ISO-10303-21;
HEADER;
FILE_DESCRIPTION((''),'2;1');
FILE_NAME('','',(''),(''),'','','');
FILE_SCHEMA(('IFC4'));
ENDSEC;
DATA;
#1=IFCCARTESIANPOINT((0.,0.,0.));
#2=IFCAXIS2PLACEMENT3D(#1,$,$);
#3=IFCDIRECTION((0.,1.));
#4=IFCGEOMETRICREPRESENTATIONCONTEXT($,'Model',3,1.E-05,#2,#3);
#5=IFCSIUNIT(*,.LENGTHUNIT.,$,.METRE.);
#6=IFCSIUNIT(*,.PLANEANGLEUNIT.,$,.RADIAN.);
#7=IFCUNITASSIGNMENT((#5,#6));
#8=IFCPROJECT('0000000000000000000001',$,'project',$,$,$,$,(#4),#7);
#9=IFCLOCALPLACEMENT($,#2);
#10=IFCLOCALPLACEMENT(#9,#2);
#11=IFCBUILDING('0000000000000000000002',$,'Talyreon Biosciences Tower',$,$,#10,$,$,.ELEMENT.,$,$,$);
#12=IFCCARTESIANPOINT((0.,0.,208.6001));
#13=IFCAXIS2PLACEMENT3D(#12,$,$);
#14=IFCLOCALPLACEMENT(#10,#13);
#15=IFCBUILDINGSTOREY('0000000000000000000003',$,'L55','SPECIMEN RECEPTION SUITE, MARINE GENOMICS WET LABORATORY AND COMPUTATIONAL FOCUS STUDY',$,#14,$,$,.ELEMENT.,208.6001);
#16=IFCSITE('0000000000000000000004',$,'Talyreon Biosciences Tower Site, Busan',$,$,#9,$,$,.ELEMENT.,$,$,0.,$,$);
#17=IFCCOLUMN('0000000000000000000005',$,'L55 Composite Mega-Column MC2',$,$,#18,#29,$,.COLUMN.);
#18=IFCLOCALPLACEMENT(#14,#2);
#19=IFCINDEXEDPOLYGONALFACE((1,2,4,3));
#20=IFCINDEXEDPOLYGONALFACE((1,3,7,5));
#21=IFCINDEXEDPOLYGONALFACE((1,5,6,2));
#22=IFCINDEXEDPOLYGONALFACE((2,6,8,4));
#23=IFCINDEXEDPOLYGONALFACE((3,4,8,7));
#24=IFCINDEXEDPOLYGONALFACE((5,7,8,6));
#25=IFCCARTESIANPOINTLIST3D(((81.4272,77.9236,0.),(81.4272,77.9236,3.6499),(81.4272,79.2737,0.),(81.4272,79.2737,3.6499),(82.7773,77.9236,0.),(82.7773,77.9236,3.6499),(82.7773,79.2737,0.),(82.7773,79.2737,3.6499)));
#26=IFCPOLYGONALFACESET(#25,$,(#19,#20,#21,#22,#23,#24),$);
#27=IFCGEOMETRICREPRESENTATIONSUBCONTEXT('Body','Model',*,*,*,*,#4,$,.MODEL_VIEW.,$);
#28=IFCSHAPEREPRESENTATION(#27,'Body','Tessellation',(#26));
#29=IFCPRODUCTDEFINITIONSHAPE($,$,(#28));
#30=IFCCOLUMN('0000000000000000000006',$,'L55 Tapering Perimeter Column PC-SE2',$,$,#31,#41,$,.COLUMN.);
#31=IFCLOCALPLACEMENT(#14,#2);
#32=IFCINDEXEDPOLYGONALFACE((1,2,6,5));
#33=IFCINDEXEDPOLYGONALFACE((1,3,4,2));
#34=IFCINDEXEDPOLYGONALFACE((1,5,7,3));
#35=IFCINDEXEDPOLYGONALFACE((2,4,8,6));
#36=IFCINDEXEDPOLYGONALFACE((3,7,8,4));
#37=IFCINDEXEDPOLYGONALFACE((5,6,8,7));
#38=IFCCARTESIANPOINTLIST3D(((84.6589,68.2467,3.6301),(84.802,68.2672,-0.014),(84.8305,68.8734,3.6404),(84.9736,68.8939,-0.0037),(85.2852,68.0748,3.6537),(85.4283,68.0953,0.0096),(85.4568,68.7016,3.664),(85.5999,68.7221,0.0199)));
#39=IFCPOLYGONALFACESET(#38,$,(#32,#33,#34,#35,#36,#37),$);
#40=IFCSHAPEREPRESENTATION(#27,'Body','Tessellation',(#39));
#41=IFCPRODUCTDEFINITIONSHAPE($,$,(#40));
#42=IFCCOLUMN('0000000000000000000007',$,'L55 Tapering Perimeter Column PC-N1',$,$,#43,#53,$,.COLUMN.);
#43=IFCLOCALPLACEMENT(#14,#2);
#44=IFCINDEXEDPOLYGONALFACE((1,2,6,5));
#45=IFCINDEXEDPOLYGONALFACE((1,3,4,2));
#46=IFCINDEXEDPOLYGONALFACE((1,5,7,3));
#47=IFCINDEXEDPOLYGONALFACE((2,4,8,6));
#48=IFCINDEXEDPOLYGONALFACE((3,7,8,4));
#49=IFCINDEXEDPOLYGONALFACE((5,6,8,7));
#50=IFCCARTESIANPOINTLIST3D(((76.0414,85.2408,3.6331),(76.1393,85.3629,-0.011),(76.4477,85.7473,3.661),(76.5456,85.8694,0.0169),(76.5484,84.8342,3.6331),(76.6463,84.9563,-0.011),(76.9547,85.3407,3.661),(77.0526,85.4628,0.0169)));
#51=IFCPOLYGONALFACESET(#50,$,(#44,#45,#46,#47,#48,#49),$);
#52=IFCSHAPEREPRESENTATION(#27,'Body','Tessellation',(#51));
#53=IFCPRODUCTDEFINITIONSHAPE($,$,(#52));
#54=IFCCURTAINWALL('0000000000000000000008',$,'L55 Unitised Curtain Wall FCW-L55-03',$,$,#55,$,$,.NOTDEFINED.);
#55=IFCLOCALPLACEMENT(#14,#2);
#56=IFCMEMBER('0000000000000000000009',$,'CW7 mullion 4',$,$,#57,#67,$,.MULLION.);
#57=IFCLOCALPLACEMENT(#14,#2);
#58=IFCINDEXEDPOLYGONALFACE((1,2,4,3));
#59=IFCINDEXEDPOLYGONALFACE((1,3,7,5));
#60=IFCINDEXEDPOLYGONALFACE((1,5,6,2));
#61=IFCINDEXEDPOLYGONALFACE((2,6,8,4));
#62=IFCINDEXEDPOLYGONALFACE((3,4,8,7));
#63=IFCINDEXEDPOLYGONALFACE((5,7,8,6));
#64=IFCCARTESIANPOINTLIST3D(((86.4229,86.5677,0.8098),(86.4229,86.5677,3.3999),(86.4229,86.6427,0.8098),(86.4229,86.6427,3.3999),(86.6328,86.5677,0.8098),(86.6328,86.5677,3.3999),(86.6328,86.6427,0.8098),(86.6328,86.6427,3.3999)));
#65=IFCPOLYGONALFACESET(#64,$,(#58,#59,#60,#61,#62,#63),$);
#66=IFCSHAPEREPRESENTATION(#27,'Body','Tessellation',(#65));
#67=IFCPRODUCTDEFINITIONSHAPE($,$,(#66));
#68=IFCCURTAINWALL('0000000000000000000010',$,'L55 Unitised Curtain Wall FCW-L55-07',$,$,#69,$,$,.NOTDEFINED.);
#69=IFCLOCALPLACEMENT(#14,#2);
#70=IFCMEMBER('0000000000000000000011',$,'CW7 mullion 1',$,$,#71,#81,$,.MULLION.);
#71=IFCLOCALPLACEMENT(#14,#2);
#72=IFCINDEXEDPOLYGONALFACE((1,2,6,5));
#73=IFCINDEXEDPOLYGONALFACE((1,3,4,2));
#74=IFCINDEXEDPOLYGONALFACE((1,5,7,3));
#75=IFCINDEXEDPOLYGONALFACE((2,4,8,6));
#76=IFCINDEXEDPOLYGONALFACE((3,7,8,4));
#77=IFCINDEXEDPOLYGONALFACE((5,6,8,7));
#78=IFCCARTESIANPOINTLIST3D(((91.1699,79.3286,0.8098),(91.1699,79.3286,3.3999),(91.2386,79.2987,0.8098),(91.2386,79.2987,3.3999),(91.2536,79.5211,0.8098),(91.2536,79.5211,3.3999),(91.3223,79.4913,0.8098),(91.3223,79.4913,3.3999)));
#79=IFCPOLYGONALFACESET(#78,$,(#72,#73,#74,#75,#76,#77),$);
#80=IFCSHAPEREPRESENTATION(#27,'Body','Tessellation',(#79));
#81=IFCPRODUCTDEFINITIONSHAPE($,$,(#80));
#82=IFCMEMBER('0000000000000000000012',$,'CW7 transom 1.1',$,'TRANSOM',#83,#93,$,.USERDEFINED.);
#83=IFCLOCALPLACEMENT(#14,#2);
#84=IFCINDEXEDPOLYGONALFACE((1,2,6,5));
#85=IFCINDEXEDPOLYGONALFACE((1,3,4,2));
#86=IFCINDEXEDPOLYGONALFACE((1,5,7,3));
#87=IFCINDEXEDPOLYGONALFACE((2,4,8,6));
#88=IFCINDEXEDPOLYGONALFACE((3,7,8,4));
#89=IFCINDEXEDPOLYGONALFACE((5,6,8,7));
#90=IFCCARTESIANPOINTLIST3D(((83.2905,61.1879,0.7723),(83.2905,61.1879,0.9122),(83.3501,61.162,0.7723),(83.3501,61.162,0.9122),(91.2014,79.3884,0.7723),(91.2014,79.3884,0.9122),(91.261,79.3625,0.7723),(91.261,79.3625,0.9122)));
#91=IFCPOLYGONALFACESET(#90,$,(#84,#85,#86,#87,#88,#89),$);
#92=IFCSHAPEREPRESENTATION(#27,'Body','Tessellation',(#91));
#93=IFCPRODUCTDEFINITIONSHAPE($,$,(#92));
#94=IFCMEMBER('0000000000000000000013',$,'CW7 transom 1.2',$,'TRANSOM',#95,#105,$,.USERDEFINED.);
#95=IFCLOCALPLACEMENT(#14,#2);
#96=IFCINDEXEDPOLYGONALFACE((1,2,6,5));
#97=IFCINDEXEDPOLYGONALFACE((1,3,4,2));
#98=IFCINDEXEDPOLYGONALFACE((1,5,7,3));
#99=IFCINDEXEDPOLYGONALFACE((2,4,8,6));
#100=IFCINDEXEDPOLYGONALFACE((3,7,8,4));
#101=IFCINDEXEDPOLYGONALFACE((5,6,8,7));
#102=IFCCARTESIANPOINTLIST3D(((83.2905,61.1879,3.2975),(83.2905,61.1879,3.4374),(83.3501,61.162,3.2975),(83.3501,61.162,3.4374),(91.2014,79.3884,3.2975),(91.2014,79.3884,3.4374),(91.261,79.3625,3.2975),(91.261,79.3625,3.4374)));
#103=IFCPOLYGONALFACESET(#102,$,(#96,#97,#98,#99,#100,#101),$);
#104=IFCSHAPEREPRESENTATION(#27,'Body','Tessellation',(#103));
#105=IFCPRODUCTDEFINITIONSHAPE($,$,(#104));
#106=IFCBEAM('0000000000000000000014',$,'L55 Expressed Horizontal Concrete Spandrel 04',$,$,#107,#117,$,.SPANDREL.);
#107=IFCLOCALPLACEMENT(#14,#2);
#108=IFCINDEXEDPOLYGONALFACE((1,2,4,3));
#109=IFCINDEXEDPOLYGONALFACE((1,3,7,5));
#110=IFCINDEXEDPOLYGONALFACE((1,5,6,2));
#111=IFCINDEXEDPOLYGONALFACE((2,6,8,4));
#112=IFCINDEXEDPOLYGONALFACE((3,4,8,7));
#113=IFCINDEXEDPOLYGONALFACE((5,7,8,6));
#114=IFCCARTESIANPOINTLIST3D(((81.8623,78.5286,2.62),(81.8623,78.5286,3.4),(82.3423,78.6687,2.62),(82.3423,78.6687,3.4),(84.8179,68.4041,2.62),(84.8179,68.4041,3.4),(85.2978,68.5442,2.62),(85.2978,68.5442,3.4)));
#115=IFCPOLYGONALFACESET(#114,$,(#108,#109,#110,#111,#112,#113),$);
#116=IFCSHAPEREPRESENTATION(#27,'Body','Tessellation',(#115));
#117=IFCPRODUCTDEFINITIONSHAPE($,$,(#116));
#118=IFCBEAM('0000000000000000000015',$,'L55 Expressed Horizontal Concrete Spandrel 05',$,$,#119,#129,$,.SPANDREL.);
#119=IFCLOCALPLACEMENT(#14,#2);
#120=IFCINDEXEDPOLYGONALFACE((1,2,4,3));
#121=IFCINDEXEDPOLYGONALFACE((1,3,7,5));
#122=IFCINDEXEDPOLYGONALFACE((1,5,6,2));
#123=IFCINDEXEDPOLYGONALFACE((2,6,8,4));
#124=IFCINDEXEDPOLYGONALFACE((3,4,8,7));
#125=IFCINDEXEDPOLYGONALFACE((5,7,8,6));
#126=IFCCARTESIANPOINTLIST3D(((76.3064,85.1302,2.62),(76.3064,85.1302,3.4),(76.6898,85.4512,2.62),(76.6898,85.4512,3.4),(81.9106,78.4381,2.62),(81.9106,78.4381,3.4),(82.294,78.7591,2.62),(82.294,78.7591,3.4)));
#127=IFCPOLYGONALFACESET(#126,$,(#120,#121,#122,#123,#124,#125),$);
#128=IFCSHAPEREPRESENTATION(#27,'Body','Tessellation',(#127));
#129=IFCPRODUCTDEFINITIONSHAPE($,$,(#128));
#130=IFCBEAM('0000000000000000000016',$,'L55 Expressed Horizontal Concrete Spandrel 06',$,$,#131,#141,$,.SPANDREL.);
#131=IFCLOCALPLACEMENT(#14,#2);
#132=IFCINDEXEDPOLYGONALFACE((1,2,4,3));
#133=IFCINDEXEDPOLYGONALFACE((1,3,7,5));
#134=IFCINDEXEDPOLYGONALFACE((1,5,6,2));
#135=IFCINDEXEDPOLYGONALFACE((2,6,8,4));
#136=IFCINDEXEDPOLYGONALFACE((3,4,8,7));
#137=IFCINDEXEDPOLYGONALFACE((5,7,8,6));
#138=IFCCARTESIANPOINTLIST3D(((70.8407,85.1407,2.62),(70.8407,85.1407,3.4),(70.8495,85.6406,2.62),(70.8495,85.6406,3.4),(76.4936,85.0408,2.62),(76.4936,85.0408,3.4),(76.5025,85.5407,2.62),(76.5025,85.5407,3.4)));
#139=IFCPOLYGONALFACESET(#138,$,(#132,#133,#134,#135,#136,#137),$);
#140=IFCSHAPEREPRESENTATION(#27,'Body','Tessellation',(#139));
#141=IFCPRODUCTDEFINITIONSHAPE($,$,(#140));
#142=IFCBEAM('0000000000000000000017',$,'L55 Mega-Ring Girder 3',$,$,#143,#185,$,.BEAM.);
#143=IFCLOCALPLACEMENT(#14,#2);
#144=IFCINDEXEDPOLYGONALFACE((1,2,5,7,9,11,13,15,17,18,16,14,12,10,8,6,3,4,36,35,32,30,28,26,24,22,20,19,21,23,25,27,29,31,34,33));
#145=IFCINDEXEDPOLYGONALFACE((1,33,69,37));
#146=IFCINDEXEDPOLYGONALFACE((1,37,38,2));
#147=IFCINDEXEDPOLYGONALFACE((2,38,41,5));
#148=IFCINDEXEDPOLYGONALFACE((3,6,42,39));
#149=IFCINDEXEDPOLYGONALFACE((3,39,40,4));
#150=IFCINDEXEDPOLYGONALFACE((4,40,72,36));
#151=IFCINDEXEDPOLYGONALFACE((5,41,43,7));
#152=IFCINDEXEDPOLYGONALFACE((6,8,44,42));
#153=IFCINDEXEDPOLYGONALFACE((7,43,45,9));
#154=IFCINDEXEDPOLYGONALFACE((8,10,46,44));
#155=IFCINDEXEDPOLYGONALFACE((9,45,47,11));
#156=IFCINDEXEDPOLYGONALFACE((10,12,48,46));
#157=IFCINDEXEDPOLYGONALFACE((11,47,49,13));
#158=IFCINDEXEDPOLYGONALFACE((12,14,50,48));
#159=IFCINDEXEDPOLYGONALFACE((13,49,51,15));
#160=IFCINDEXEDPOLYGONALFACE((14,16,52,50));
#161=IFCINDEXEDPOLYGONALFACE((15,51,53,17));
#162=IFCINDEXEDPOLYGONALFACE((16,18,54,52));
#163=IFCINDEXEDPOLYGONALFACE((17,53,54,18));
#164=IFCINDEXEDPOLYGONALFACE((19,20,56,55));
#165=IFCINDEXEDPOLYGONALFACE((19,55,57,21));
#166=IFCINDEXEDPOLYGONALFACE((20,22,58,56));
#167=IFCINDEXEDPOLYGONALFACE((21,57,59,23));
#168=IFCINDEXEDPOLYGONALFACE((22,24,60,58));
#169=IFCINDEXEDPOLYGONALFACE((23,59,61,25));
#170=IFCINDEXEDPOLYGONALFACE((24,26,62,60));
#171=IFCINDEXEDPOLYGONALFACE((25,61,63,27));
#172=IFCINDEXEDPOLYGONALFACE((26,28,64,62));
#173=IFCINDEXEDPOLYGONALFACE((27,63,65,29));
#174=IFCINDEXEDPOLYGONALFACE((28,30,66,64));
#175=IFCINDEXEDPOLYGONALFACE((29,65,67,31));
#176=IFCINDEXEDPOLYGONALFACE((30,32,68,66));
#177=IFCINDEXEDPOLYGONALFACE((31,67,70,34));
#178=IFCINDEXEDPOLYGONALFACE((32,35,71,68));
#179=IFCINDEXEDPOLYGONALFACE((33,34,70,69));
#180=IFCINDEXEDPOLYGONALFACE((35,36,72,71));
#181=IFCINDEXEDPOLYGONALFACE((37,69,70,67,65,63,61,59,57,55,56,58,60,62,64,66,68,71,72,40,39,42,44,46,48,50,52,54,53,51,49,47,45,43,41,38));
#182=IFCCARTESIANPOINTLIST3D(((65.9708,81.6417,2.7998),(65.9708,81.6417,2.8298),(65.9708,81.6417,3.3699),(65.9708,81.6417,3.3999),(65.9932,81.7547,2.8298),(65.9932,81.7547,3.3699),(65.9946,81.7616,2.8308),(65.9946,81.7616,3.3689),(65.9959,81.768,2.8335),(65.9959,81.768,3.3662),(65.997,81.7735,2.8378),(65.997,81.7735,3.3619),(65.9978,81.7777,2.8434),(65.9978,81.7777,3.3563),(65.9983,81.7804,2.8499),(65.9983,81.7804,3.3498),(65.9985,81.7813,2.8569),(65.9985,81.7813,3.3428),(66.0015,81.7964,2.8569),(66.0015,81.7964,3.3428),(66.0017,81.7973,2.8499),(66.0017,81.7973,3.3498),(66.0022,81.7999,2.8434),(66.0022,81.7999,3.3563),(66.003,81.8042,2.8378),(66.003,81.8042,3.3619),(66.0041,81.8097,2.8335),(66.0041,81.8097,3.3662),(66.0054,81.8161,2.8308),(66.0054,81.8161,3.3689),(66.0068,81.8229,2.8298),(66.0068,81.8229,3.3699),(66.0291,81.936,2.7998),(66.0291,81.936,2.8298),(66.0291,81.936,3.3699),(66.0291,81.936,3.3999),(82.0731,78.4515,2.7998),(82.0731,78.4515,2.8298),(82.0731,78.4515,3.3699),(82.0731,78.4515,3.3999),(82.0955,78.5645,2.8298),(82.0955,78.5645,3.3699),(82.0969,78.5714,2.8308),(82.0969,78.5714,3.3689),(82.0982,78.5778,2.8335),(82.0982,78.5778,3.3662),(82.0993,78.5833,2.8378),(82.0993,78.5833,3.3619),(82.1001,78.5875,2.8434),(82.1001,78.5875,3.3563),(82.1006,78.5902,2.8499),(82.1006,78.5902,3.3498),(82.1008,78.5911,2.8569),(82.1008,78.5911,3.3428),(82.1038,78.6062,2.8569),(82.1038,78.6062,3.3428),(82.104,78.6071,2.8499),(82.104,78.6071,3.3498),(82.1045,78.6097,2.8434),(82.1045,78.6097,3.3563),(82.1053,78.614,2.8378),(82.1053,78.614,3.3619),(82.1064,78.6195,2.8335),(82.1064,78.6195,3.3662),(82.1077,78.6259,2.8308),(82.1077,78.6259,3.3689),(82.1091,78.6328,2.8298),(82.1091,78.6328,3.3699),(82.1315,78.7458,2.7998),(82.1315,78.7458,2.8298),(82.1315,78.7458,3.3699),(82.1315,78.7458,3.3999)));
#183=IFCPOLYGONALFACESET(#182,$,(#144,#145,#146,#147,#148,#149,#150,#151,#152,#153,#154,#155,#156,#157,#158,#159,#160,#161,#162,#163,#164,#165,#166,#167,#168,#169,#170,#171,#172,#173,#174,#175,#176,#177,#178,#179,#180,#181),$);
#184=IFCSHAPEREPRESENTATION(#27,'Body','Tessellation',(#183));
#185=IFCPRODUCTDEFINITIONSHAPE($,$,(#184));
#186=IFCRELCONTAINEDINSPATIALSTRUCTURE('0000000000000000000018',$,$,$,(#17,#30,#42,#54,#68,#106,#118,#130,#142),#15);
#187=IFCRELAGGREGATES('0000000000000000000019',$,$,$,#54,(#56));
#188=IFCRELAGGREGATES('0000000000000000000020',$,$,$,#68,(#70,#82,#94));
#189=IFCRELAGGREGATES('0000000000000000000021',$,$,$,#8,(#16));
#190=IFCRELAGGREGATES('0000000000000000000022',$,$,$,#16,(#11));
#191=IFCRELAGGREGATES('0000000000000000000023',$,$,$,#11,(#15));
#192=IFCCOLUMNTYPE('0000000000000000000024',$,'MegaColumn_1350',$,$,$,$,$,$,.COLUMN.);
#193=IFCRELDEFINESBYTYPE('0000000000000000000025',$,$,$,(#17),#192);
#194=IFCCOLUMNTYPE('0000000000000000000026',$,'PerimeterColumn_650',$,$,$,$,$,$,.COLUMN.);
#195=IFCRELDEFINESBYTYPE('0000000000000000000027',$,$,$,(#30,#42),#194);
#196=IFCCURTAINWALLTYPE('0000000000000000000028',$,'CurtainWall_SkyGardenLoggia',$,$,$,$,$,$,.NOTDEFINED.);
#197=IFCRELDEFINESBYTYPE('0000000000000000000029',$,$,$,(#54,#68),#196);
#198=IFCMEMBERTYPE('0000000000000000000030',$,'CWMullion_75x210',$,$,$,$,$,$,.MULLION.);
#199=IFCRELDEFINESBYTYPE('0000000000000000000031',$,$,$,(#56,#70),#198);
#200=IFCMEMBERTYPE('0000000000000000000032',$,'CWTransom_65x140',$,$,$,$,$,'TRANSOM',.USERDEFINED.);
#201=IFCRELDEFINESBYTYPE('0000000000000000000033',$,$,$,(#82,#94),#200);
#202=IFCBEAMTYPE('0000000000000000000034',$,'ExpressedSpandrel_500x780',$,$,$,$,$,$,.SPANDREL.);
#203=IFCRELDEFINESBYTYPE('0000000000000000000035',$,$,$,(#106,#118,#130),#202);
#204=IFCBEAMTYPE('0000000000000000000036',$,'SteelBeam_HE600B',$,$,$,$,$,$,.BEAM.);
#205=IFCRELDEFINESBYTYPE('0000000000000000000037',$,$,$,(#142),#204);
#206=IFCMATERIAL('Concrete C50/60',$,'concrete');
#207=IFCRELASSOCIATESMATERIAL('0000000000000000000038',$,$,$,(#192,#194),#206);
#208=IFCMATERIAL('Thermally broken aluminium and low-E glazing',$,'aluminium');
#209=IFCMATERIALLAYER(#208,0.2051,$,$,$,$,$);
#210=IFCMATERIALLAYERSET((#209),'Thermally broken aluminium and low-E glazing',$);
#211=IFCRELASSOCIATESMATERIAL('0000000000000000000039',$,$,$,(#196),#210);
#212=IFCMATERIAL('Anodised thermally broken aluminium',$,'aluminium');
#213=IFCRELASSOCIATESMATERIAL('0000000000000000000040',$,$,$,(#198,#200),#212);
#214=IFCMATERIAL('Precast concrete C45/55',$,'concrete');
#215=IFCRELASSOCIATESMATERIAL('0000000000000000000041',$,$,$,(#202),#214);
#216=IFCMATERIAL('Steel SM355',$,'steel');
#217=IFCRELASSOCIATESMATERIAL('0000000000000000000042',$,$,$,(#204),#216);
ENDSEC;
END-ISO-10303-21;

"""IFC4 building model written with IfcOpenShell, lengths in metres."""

from ifc_helpers import new_model, si_unit, direction, frame, origin, origin_2d, place, context, subcontext, project, spatial, rectangle, i_section, extrude, material, layer, layer_set, material_profile, profile_set, type_object, element, aggregate, save


model = new_model("IFC4")

# Units and contexts
model_context = context("Model", 3, precision=1e-05, world=origin(), true_north=direction((0.0, 1.0)))
body_context = subcontext(model_context, "Body", "Model", "MODEL_VIEW")
ifc_project = project(units=[si_unit("LENGTHUNIT", "METRE"), si_unit("PLANEANGLEUNIT", "RADIAN")], contexts=[model_context])

# Site, building, storey
site_placement = place(None, origin())
site = spatial("IfcSite", under=ifc_project, at=site_placement, Name="Talyreon Biosciences Tower Site, Busan", CompositionType="ELEMENT", RefElevation=0.0)
building_placement = place(site_placement, origin())
building = spatial("IfcBuilding", under=site, at=building_placement, Name="Talyreon Biosciences Tower", CompositionType="ELEMENT")
storey_placement = place(building_placement, frame((0.0, 0.0, 208.6001)))
storey = spatial("IfcBuildingStorey", under=building, at=storey_placement, Name="L55", Description="SPECIMEN RECEPTION SUITE, MARINE GENOMICS WET LABORATORY AND COMPUTATIONAL FOCUS STUDY", CompositionType="ELEMENT", Elevation=208.6001)

# Columns
ifc_material_1 = material(Name="Concrete C50/60", Category="concrete")
ifc_material_profile_1 = material_profile(ifc_material_1, rectangle(XDim=1.3501, YDim=1.3501, at=origin_2d()), Name="RC 1350x1350")
ifc_profile_set_1 = profile_set([ifc_material_profile_1], Name="Concrete C50/60")
column_type_1 = type_object("IfcColumnType", Name="MegaColumn_1350", PredefinedType="COLUMN", material=ifc_profile_set_1)
column_1_placement = place(storey_placement, frame((82.1023, 78.5986, 0.0), z_axis=(0.0, 0.0, 1.0), x_axis=(1.0, 0.0, 0.0)))
element("IfcColumn", 1, at=column_1_placement, inside=storey, type_object=column_type_1, Name="L55 Composite Mega-Column MC2", PredefinedType="COLUMN", context=body_context, shape_type="SweptSolid", body=[
    extrude(rectangle(XDim=1.3501, YDim=1.3501, at=origin_2d()), origin(), (0.0, 0.0, 1.0), 3.6499),
])
ifc_material_profile_2 = material_profile(ifc_material_1, rectangle(XDim=0.6499, YDim=0.6499, at=origin_2d()), Name="RC 650x650")
ifc_profile_set_2 = profile_set([ifc_material_profile_2], Name="Concrete C50/60")
column_type_2 = type_object("IfcColumnType", Name="PerimeterColumn_650", PredefinedType="COLUMN", material=ifc_profile_set_2)
column_2_placement = place(storey_placement, frame((85.2009, 68.4946, 0.0029), z_axis=(-0.03923, -0.005623, 0.999214), x_axis=(0.963708, -0.264472, 0.036347)))
element("IfcColumn", 2, at=column_2_placement, inside=storey, type_object=column_type_2, Name="L55 Tapering Perimeter Column PC-SE2", PredefinedType="COLUMN", context=body_context, shape_type="SweptSolid", body=[
    extrude(rectangle(XDim=0.6499, YDim=0.6499, at=origin_2d()), origin(), (0.0, 0.0, 1.0), 3.647),
])
column_3_placement = place(storey_placement, frame((76.5959, 85.4128, 0.0029), z_axis=(-0.026841, -0.033468, 0.999079), x_axis=(-0.780107, 0.625646, 0.0)))
element("IfcColumn", 3, at=column_3_placement, inside=storey, type_object=column_type_2, Name="L55 Tapering Perimeter Column PC-N1", PredefinedType="COLUMN", context=body_context, shape_type="SweptSolid", body=[
    extrude(rectangle(XDim=0.6499, YDim=0.6499, at=origin_2d()), origin(), (0.0, 0.0, 1.0), 3.6475),
])

# Curtain wall, member
ifc_material_2 = material(Name="Thermally broken aluminium and low-E glazing", Category="aluminium")
ifc_layer_1 = layer(ifc_material_2, 0.2051)
ifc_layer_set_1 = layer_set([ifc_layer_1], Name="Thermally broken aluminium and low-E glazing")
curtain_wall_type = type_object("IfcCurtainWallType", Name="CurtainWall_SkyGardenLoggia", PredefinedType="NOTDEFINED", material=ifc_layer_set_1)
curtain_wall_1_placement = place(storey_placement, origin())
curtain_wall_1 = element("IfcCurtainWall", 4, at=curtain_wall_1_placement, inside=storey, type_object=curtain_wall_type, Name="L55 Unitised Curtain Wall FCW-L55-03", PredefinedType="NOTDEFINED")
ifc_material_3 = material(Name="Anodised thermally broken aluminium", Category="aluminium")
ifc_material_profile_3 = material_profile(ifc_material_3, rectangle(XDim=0.075, YDim=0.21, at=origin_2d()), Name="ALUM MULLION 75x210")
ifc_profile_set_3 = profile_set([ifc_material_profile_3], Name="Anodised thermally broken aluminium")
member_type_1 = type_object("IfcMemberType", Name="CWMullion_75x210", PredefinedType="MULLION", material=ifc_profile_set_3)
member_1_placement = place(storey_placement, frame((86.5278, 86.6052, 0.8098), z_axis=(0.0, 0.0, 1.0), x_axis=(0.0, 1.0, 0.0)))
member_1 = element("IfcMember", 5, at=member_1_placement, type_object=member_type_1, Name="CW7 mullion 4", PredefinedType="MULLION", context=body_context, shape_type="SweptSolid", body=[
    extrude(rectangle(XDim=0.075, YDim=0.21, at=origin_2d()), origin(), (0.0, 0.0, 1.0), 2.5901),
])

# Curtain wall, members
curtain_wall_2_placement = place(storey_placement, origin())
curtain_wall_2 = element("IfcCurtainWall", 6, at=curtain_wall_2_placement, inside=storey, type_object=curtain_wall_type, Name="L55 Unitised Curtain Wall FCW-L55-07", PredefinedType="NOTDEFINED")
member_2_placement = place(storey_placement, frame((91.2461, 79.4099, 0.8098), z_axis=(0.0, 0.0, 1.0), x_axis=(0.917113, -0.398628, 0.0)))
member_2 = element("IfcMember", 7, at=member_2_placement, type_object=member_type_1, Name="CW7 mullion 1", PredefinedType="MULLION", context=body_context, shape_type="SweptSolid", body=[
    extrude(rectangle(XDim=0.075, YDim=0.21, at=origin_2d()), origin(), (0.0, 0.0, 1.0), 2.5901),
])
ifc_material_profile_4 = material_profile(ifc_material_3, rectangle(XDim=0.0649, YDim=0.1399, at=origin_2d()), Name="ALUM TRANSOM 65x140")
ifc_profile_set_4 = profile_set([ifc_material_profile_4], Name="Anodised thermally broken aluminium")
member_type_2 = type_object("IfcMemberType", Name="CWTransom_65x140", ElementType="TRANSOM", PredefinedType="USERDEFINED", material=ifc_profile_set_4)
member_3_placement = place(storey_placement, frame((91.2312, 79.3755, 0.8423), z_axis=(-0.398627, -0.917113, 0.0), x_axis=(0.917113, -0.398627, 0.0)))
member_3 = element("IfcMember", 8, at=member_3_placement, type_object=member_type_2, Name="CW7 transom 1.1", ObjectType="TRANSOM", PredefinedType="USERDEFINED", context=body_context, shape_type="SweptSolid", body=[
    extrude(rectangle(XDim=0.0649, YDim=0.1399, at=origin_2d()), origin(), (0.0, 0.0, 1.0), 19.8455),
])
member_4_placement = place(storey_placement, frame((91.2312, 79.3755, 3.3674), z_axis=(-0.398627, -0.917113, 0.0), x_axis=(0.917113, -0.398627, 0.0)))
member_4 = element("IfcMember", 9, at=member_4_placement, type_object=member_type_2, Name="CW7 transom 1.2", ObjectType="TRANSOM", PredefinedType="USERDEFINED", context=body_context, shape_type="SweptSolid", body=[
    extrude(rectangle(XDim=0.0649, YDim=0.1399, at=origin_2d()), origin(), (0.0, 0.0, 1.0), 19.8455),
])

# Beams
ifc_material_4 = material(Name="Precast concrete C45/55", Category="concrete")
ifc_material_profile_5 = material_profile(ifc_material_4, rectangle(XDim=0.5, YDim=0.78, at=origin_2d()), Name="RCB 500x780")
ifc_profile_set_5 = profile_set([ifc_material_profile_5], Name="Precast concrete C45/55")
beam_type_1 = type_object("IfcBeamType", Name="ExpressedSpandrel_500x780", PredefinedType="SPANDREL", material=ifc_profile_set_5)
beam_1_placement = place(storey_placement, frame((85.0579, 68.4741, 3.01), z_axis=(-0.280226, 0.959934, 0.0), x_axis=(-0.959934, -0.280226, 0.0)))
element("IfcBeam", 10, at=beam_1_placement, inside=storey, type_object=beam_type_1, Name="L55 Expressed Horizontal Concrete Spandrel 04", PredefinedType="SPANDREL", context=body_context, shape_type="SweptSolid", body=[
    extrude(rectangle(XDim=0.5, YDim=0.78, at=origin_2d()), origin(), (0.0, 0.0, 1.0), 10.5471),
])
beam_2_placement = place(storey_placement, frame((82.1023, 78.5986, 3.01), z_axis=(-0.64204, 0.766672, 0.0), x_axis=(-0.766672, -0.64204, 0.0)))
element("IfcBeam", 11, at=beam_2_placement, inside=storey, type_object=beam_type_1, Name="L55 Expressed Horizontal Concrete Spandrel 05", PredefinedType="SPANDREL", context=body_context, shape_type="SweptSolid", body=[
    extrude(rectangle(XDim=0.5, YDim=0.78, at=origin_2d()), origin(), (0.0, 0.0, 1.0), 8.7288),
])
beam_3_placement = place(storey_placement, frame((76.498, 85.2908, 3.01), z_axis=(-0.999844, 0.017662, 0.0), x_axis=(-0.017662, -0.999844, 0.0)))
element("IfcBeam", 12, at=beam_3_placement, inside=storey, type_object=beam_type_1, Name="L55 Expressed Horizontal Concrete Spandrel 06", PredefinedType="SPANDREL", context=body_context, shape_type="SweptSolid", body=[
    extrude(rectangle(XDim=0.5, YDim=0.78, at=origin_2d()), origin(), (0.0, 0.0, 1.0), 5.6538),
])
ifc_material_5 = material(Name="Steel SM355", Category="steel")
ifc_material_profile_6 = material_profile(ifc_material_5, i_section(OverallWidth=0.3, OverallDepth=0.6001, WebThickness=0.0154, FlangeThickness=0.03, FilletRadius=0.0271, at=origin_2d()), Name="HE600B")
ifc_profile_set_6 = profile_set([ifc_material_profile_6], Name="Steel SM355")
beam_type_2 = type_object("IfcBeamType", Name="SteelBeam_HE600B", PredefinedType="BEAM", material=ifc_profile_set_6)
beam_4_placement = place(storey_placement, frame((82.1023, 78.5986, 3.0999), z_axis=(-0.980934, 0.194343, 0.0), x_axis=(-0.194343, -0.980934, 0.0)))
element("IfcBeam", 13, at=beam_4_placement, inside=storey, type_object=beam_type_2, Name="L55 Mega-Ring Girder 3", PredefinedType="BEAM", context=body_context, shape_type="SweptSolid", body=[
    extrude(i_section(OverallWidth=0.3, OverallDepth=0.6001, WebThickness=0.0154, FlangeThickness=0.03, FilletRadius=0.0271, at=origin_2d()), origin(), (0.0, 0.0, 1.0), 16.4153),
])

aggregate(curtain_wall_1, [member_1])
aggregate(curtain_wall_2, [member_2, member_3, member_4])

save(model, "model.ifc")
